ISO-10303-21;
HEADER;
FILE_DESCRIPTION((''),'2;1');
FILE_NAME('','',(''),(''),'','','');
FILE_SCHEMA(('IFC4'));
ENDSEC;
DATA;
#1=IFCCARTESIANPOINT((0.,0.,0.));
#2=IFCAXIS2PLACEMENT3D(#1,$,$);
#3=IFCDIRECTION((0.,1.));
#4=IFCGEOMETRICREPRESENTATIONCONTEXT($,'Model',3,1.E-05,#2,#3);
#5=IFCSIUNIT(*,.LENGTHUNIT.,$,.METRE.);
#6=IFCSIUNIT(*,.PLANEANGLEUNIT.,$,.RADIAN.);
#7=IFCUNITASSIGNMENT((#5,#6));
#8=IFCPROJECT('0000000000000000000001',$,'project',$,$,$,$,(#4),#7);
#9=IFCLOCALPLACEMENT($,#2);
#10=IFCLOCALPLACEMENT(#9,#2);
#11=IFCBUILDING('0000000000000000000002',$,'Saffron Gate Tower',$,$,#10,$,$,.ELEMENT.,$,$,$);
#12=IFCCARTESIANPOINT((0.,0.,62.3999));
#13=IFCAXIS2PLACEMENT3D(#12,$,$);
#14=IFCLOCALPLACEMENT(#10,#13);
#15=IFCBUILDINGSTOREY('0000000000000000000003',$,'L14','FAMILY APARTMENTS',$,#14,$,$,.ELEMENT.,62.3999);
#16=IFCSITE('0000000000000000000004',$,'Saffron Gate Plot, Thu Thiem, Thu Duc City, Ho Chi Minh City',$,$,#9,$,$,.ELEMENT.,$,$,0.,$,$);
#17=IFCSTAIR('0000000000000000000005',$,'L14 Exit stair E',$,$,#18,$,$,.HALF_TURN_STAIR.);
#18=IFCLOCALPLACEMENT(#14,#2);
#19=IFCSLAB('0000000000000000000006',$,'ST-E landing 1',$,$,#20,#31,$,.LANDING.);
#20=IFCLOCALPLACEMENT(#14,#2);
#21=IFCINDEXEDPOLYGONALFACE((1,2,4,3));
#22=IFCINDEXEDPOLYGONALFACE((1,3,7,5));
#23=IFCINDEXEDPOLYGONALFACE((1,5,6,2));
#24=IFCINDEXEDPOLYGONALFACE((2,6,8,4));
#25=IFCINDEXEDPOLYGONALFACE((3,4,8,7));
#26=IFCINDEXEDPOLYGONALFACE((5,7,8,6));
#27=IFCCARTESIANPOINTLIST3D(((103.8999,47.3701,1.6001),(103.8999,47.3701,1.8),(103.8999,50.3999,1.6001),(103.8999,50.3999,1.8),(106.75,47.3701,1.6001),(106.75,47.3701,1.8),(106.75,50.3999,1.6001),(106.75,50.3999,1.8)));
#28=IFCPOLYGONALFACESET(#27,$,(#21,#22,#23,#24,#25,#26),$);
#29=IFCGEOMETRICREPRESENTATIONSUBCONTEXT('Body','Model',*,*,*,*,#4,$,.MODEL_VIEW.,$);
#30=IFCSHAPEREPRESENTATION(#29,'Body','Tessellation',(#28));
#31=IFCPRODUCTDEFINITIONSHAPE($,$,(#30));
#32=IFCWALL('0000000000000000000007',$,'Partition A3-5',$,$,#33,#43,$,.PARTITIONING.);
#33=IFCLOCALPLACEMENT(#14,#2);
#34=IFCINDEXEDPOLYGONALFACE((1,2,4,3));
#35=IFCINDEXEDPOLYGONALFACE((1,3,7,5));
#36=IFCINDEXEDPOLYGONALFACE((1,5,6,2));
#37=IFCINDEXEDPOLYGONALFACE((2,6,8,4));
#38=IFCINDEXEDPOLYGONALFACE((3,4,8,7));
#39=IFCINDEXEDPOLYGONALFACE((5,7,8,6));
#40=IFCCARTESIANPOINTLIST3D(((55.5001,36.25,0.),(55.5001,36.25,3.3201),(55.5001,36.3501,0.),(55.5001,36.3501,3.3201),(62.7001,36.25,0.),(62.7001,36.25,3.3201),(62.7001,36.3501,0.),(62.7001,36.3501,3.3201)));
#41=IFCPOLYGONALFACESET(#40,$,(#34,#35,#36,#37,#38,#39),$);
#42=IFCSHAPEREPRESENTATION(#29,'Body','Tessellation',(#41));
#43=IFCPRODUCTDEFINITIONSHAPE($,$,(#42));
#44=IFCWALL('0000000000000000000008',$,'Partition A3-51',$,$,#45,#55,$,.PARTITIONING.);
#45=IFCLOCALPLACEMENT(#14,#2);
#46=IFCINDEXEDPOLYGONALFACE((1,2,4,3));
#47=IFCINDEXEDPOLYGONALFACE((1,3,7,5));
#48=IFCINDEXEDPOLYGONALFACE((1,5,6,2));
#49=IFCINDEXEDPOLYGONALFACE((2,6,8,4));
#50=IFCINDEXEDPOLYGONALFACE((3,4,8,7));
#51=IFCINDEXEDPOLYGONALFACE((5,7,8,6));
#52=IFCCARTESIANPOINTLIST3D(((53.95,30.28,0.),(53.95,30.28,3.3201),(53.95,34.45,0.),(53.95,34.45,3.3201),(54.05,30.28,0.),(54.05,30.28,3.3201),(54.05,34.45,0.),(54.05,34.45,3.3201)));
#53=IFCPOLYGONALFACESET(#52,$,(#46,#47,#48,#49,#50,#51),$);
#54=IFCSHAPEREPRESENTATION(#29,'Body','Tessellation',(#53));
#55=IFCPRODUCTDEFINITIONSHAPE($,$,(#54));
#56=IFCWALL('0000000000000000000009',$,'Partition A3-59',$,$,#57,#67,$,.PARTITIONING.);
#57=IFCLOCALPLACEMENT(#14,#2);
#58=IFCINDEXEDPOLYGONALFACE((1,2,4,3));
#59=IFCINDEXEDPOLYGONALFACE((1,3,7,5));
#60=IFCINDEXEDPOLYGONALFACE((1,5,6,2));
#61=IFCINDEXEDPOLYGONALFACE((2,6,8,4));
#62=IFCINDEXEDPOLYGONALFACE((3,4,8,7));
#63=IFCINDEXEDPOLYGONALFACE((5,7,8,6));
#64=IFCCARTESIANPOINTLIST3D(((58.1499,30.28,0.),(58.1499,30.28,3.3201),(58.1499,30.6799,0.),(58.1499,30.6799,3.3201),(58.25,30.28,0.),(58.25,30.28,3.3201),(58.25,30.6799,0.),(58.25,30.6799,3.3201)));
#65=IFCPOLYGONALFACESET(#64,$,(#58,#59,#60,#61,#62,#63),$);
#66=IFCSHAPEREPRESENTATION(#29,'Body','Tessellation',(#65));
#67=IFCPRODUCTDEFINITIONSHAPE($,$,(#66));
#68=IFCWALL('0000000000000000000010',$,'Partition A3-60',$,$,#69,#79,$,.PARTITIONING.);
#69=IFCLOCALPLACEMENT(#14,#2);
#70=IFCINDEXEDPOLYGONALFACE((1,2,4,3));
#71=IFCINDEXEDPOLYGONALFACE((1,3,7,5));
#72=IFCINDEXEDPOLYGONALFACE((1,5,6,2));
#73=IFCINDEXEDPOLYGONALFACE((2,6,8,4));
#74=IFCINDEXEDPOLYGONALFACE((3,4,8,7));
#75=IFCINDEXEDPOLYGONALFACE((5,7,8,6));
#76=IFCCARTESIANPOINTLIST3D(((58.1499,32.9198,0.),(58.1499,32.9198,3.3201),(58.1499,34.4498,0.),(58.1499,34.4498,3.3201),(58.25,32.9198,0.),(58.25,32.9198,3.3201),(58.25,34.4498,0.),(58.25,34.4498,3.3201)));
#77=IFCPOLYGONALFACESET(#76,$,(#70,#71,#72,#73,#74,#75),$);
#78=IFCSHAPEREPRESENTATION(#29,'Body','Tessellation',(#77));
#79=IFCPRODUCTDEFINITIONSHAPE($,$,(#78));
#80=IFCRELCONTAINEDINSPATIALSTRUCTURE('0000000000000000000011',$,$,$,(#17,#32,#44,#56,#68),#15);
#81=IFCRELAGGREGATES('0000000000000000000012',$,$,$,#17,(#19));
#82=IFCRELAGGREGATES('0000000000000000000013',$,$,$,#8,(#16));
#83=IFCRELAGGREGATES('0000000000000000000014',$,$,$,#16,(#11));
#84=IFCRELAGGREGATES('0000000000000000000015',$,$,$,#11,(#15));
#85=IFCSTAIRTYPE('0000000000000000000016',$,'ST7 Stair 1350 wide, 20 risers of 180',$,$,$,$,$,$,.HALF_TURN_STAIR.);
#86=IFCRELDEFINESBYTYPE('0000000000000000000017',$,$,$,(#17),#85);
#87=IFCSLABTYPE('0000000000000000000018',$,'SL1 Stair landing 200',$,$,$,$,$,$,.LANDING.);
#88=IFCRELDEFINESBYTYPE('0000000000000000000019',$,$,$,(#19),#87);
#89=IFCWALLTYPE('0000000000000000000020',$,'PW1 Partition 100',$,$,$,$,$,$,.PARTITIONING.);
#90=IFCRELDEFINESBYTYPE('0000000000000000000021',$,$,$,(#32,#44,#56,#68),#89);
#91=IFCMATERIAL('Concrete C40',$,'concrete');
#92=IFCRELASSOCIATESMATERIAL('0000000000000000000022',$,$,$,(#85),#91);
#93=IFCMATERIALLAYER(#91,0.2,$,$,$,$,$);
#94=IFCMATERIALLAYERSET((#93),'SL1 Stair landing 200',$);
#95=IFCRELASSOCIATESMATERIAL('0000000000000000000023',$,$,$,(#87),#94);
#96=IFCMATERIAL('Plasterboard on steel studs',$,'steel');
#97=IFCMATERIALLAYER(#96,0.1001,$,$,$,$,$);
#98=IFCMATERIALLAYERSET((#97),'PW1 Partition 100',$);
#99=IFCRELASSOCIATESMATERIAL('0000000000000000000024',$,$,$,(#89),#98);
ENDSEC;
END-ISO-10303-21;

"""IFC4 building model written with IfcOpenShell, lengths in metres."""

from ifc_helpers import new_model, si_unit, direction, frame, frame_2d, origin, place, context, subcontext, project, spatial, polyline, rectangle, outline, extrude, material, layer, layer_set, type_object, element, aggregate, save


model = new_model("IFC4")

# Units and contexts
model_context = context("Model", 3, precision=1e-05, world=origin(), true_north=direction((0.0, 1.0)))
body_context = subcontext(model_context, "Body", "Model", "MODEL_VIEW")
ifc_project = project(units=[si_unit("LENGTHUNIT", "METRE"), si_unit("PLANEANGLEUNIT", "RADIAN")], contexts=[model_context])

# Site, building, storey
site_placement = place(None, origin())
site = spatial("IfcSite", under=ifc_project, at=site_placement, Name="Saffron Gate Plot, Thu Thiem, Thu Duc City, Ho Chi Minh City", CompositionType="ELEMENT", RefElevation=0.0)
building_placement = place(site_placement, origin())
building = spatial("IfcBuilding", under=site, at=building_placement, Name="Saffron Gate Tower", CompositionType="ELEMENT")
storey_placement = place(building_placement, frame((0.0, 0.0, 62.3999)))
storey = spatial("IfcBuildingStorey", under=building, at=storey_placement, Name="L14", Description="FAMILY APARTMENTS", CompositionType="ELEMENT", Elevation=62.3999)

# Stair, slab
ifc_material_1 = material(Name="Concrete C40", Category="concrete")
stair_type = type_object("IfcStairType", Name="ST7 Stair 1350 wide, 20 risers of 180", PredefinedType="HALF_TURN_STAIR", material=ifc_material_1)
ifc_layer_1 = layer(ifc_material_1, 0.2)
ifc_layer_set_1 = layer_set([ifc_layer_1], Name="SL1 Stair landing 200")
slab_type = type_object("IfcSlabType", Name="SL1 Stair landing 200", PredefinedType="LANDING", material=ifc_layer_set_1)
stair_1_placement = place(storey_placement, origin())
stair_1 = element("IfcStair", 1, at=stair_1_placement, inside=storey, type_object=stair_type, Name="L14 Exit stair E", PredefinedType="HALF_TURN_STAIR")
slab_1_placement = place(storey_placement, frame((0.0, 0.0, 1.6001)))
slab_1 = element("IfcSlab", 2, at=slab_1_placement, type_object=slab_type, Name="ST-E landing 1", PredefinedType="LANDING", context=body_context, shape_type="SweptSolid", body=[
    extrude(outline(polyline([(106.75, 47.3701), (106.75, 50.3999), (103.8999, 50.3999), (103.8999, 47.3701), (106.75, 47.3701)])), origin(), (0.0, 0.0, 1.0), 0.2),
])
aggregate(stair_1, [slab_1])

# Walls
ifc_material_2 = material(Name="Plasterboard on steel studs", Category="steel")
ifc_layer_2 = layer(ifc_material_2, 0.1001)
ifc_layer_set_2 = layer_set([ifc_layer_2], Name="PW1 Partition 100")
wall_type = type_object("IfcWallType", Name="PW1 Partition 100", PredefinedType="PARTITIONING", material=ifc_layer_set_2)
wall_1_placement = place(storey_placement, frame((55.5, 36.3, 0.0), z_axis=(0.0, 0.0, 1.0), x_axis=(1.0, 0.0, 0.0)))
element("IfcWall", 3, at=wall_1_placement, inside=storey, type_object=wall_type, Name="Partition A3-5", PredefinedType="PARTITIONING", context=body_context, shape_type="SweptSolid", body=[
    extrude(rectangle(XDim=7.2, YDim=0.1001, at=frame_2d((3.6001, 0.0))), origin(), (0.0, 0.0, 1.0), 3.3201),
])
wall_2_placement = place(storey_placement, frame((54.0, 34.45, 0.0), z_axis=(0.0, 0.0, 1.0), x_axis=(0.0, -1.0, 0.0)))
element("IfcWall", 4, at=wall_2_placement, inside=storey, type_object=wall_type, Name="Partition A3-51", PredefinedType="PARTITIONING", context=body_context, shape_type="SweptSolid", body=[
    extrude(rectangle(XDim=4.1699, YDim=0.1001, at=frame_2d((2.085, 0.0))), origin(), (0.0, 0.0, 1.0), 3.3201),
])
wall_3_placement = place(storey_placement, frame((58.2, 30.6799, 0.0), z_axis=(0.0, 0.0, 1.0), x_axis=(0.0, -1.0, 0.0)))
element("IfcWall", 5, at=wall_3_placement, inside=storey, type_object=wall_type, Name="Partition A3-59", PredefinedType="PARTITIONING", context=body_context, shape_type="SweptSolid", body=[
    extrude(rectangle(XDim=0.3999, YDim=0.1001, at=frame_2d((0.2, 0.0))), origin(), (0.0, 0.0, 1.0), 3.3201),
])
wall_4_placement = place(storey_placement, frame((58.2, 34.45, 0.0), z_axis=(0.0, 0.0, 1.0), x_axis=(0.0, -1.0, 0.0)))
element("IfcWall", 6, at=wall_4_placement, inside=storey, type_object=wall_type, Name="Partition A3-60", PredefinedType="PARTITIONING", context=body_context, shape_type="SweptSolid", body=[
    extrude(rectangle(XDim=1.53, YDim=0.1001, at=frame_2d((0.7651, 0.0))), origin(), (0.0, 0.0, 1.0), 3.3201),
])

save(model, "model.ifc")
